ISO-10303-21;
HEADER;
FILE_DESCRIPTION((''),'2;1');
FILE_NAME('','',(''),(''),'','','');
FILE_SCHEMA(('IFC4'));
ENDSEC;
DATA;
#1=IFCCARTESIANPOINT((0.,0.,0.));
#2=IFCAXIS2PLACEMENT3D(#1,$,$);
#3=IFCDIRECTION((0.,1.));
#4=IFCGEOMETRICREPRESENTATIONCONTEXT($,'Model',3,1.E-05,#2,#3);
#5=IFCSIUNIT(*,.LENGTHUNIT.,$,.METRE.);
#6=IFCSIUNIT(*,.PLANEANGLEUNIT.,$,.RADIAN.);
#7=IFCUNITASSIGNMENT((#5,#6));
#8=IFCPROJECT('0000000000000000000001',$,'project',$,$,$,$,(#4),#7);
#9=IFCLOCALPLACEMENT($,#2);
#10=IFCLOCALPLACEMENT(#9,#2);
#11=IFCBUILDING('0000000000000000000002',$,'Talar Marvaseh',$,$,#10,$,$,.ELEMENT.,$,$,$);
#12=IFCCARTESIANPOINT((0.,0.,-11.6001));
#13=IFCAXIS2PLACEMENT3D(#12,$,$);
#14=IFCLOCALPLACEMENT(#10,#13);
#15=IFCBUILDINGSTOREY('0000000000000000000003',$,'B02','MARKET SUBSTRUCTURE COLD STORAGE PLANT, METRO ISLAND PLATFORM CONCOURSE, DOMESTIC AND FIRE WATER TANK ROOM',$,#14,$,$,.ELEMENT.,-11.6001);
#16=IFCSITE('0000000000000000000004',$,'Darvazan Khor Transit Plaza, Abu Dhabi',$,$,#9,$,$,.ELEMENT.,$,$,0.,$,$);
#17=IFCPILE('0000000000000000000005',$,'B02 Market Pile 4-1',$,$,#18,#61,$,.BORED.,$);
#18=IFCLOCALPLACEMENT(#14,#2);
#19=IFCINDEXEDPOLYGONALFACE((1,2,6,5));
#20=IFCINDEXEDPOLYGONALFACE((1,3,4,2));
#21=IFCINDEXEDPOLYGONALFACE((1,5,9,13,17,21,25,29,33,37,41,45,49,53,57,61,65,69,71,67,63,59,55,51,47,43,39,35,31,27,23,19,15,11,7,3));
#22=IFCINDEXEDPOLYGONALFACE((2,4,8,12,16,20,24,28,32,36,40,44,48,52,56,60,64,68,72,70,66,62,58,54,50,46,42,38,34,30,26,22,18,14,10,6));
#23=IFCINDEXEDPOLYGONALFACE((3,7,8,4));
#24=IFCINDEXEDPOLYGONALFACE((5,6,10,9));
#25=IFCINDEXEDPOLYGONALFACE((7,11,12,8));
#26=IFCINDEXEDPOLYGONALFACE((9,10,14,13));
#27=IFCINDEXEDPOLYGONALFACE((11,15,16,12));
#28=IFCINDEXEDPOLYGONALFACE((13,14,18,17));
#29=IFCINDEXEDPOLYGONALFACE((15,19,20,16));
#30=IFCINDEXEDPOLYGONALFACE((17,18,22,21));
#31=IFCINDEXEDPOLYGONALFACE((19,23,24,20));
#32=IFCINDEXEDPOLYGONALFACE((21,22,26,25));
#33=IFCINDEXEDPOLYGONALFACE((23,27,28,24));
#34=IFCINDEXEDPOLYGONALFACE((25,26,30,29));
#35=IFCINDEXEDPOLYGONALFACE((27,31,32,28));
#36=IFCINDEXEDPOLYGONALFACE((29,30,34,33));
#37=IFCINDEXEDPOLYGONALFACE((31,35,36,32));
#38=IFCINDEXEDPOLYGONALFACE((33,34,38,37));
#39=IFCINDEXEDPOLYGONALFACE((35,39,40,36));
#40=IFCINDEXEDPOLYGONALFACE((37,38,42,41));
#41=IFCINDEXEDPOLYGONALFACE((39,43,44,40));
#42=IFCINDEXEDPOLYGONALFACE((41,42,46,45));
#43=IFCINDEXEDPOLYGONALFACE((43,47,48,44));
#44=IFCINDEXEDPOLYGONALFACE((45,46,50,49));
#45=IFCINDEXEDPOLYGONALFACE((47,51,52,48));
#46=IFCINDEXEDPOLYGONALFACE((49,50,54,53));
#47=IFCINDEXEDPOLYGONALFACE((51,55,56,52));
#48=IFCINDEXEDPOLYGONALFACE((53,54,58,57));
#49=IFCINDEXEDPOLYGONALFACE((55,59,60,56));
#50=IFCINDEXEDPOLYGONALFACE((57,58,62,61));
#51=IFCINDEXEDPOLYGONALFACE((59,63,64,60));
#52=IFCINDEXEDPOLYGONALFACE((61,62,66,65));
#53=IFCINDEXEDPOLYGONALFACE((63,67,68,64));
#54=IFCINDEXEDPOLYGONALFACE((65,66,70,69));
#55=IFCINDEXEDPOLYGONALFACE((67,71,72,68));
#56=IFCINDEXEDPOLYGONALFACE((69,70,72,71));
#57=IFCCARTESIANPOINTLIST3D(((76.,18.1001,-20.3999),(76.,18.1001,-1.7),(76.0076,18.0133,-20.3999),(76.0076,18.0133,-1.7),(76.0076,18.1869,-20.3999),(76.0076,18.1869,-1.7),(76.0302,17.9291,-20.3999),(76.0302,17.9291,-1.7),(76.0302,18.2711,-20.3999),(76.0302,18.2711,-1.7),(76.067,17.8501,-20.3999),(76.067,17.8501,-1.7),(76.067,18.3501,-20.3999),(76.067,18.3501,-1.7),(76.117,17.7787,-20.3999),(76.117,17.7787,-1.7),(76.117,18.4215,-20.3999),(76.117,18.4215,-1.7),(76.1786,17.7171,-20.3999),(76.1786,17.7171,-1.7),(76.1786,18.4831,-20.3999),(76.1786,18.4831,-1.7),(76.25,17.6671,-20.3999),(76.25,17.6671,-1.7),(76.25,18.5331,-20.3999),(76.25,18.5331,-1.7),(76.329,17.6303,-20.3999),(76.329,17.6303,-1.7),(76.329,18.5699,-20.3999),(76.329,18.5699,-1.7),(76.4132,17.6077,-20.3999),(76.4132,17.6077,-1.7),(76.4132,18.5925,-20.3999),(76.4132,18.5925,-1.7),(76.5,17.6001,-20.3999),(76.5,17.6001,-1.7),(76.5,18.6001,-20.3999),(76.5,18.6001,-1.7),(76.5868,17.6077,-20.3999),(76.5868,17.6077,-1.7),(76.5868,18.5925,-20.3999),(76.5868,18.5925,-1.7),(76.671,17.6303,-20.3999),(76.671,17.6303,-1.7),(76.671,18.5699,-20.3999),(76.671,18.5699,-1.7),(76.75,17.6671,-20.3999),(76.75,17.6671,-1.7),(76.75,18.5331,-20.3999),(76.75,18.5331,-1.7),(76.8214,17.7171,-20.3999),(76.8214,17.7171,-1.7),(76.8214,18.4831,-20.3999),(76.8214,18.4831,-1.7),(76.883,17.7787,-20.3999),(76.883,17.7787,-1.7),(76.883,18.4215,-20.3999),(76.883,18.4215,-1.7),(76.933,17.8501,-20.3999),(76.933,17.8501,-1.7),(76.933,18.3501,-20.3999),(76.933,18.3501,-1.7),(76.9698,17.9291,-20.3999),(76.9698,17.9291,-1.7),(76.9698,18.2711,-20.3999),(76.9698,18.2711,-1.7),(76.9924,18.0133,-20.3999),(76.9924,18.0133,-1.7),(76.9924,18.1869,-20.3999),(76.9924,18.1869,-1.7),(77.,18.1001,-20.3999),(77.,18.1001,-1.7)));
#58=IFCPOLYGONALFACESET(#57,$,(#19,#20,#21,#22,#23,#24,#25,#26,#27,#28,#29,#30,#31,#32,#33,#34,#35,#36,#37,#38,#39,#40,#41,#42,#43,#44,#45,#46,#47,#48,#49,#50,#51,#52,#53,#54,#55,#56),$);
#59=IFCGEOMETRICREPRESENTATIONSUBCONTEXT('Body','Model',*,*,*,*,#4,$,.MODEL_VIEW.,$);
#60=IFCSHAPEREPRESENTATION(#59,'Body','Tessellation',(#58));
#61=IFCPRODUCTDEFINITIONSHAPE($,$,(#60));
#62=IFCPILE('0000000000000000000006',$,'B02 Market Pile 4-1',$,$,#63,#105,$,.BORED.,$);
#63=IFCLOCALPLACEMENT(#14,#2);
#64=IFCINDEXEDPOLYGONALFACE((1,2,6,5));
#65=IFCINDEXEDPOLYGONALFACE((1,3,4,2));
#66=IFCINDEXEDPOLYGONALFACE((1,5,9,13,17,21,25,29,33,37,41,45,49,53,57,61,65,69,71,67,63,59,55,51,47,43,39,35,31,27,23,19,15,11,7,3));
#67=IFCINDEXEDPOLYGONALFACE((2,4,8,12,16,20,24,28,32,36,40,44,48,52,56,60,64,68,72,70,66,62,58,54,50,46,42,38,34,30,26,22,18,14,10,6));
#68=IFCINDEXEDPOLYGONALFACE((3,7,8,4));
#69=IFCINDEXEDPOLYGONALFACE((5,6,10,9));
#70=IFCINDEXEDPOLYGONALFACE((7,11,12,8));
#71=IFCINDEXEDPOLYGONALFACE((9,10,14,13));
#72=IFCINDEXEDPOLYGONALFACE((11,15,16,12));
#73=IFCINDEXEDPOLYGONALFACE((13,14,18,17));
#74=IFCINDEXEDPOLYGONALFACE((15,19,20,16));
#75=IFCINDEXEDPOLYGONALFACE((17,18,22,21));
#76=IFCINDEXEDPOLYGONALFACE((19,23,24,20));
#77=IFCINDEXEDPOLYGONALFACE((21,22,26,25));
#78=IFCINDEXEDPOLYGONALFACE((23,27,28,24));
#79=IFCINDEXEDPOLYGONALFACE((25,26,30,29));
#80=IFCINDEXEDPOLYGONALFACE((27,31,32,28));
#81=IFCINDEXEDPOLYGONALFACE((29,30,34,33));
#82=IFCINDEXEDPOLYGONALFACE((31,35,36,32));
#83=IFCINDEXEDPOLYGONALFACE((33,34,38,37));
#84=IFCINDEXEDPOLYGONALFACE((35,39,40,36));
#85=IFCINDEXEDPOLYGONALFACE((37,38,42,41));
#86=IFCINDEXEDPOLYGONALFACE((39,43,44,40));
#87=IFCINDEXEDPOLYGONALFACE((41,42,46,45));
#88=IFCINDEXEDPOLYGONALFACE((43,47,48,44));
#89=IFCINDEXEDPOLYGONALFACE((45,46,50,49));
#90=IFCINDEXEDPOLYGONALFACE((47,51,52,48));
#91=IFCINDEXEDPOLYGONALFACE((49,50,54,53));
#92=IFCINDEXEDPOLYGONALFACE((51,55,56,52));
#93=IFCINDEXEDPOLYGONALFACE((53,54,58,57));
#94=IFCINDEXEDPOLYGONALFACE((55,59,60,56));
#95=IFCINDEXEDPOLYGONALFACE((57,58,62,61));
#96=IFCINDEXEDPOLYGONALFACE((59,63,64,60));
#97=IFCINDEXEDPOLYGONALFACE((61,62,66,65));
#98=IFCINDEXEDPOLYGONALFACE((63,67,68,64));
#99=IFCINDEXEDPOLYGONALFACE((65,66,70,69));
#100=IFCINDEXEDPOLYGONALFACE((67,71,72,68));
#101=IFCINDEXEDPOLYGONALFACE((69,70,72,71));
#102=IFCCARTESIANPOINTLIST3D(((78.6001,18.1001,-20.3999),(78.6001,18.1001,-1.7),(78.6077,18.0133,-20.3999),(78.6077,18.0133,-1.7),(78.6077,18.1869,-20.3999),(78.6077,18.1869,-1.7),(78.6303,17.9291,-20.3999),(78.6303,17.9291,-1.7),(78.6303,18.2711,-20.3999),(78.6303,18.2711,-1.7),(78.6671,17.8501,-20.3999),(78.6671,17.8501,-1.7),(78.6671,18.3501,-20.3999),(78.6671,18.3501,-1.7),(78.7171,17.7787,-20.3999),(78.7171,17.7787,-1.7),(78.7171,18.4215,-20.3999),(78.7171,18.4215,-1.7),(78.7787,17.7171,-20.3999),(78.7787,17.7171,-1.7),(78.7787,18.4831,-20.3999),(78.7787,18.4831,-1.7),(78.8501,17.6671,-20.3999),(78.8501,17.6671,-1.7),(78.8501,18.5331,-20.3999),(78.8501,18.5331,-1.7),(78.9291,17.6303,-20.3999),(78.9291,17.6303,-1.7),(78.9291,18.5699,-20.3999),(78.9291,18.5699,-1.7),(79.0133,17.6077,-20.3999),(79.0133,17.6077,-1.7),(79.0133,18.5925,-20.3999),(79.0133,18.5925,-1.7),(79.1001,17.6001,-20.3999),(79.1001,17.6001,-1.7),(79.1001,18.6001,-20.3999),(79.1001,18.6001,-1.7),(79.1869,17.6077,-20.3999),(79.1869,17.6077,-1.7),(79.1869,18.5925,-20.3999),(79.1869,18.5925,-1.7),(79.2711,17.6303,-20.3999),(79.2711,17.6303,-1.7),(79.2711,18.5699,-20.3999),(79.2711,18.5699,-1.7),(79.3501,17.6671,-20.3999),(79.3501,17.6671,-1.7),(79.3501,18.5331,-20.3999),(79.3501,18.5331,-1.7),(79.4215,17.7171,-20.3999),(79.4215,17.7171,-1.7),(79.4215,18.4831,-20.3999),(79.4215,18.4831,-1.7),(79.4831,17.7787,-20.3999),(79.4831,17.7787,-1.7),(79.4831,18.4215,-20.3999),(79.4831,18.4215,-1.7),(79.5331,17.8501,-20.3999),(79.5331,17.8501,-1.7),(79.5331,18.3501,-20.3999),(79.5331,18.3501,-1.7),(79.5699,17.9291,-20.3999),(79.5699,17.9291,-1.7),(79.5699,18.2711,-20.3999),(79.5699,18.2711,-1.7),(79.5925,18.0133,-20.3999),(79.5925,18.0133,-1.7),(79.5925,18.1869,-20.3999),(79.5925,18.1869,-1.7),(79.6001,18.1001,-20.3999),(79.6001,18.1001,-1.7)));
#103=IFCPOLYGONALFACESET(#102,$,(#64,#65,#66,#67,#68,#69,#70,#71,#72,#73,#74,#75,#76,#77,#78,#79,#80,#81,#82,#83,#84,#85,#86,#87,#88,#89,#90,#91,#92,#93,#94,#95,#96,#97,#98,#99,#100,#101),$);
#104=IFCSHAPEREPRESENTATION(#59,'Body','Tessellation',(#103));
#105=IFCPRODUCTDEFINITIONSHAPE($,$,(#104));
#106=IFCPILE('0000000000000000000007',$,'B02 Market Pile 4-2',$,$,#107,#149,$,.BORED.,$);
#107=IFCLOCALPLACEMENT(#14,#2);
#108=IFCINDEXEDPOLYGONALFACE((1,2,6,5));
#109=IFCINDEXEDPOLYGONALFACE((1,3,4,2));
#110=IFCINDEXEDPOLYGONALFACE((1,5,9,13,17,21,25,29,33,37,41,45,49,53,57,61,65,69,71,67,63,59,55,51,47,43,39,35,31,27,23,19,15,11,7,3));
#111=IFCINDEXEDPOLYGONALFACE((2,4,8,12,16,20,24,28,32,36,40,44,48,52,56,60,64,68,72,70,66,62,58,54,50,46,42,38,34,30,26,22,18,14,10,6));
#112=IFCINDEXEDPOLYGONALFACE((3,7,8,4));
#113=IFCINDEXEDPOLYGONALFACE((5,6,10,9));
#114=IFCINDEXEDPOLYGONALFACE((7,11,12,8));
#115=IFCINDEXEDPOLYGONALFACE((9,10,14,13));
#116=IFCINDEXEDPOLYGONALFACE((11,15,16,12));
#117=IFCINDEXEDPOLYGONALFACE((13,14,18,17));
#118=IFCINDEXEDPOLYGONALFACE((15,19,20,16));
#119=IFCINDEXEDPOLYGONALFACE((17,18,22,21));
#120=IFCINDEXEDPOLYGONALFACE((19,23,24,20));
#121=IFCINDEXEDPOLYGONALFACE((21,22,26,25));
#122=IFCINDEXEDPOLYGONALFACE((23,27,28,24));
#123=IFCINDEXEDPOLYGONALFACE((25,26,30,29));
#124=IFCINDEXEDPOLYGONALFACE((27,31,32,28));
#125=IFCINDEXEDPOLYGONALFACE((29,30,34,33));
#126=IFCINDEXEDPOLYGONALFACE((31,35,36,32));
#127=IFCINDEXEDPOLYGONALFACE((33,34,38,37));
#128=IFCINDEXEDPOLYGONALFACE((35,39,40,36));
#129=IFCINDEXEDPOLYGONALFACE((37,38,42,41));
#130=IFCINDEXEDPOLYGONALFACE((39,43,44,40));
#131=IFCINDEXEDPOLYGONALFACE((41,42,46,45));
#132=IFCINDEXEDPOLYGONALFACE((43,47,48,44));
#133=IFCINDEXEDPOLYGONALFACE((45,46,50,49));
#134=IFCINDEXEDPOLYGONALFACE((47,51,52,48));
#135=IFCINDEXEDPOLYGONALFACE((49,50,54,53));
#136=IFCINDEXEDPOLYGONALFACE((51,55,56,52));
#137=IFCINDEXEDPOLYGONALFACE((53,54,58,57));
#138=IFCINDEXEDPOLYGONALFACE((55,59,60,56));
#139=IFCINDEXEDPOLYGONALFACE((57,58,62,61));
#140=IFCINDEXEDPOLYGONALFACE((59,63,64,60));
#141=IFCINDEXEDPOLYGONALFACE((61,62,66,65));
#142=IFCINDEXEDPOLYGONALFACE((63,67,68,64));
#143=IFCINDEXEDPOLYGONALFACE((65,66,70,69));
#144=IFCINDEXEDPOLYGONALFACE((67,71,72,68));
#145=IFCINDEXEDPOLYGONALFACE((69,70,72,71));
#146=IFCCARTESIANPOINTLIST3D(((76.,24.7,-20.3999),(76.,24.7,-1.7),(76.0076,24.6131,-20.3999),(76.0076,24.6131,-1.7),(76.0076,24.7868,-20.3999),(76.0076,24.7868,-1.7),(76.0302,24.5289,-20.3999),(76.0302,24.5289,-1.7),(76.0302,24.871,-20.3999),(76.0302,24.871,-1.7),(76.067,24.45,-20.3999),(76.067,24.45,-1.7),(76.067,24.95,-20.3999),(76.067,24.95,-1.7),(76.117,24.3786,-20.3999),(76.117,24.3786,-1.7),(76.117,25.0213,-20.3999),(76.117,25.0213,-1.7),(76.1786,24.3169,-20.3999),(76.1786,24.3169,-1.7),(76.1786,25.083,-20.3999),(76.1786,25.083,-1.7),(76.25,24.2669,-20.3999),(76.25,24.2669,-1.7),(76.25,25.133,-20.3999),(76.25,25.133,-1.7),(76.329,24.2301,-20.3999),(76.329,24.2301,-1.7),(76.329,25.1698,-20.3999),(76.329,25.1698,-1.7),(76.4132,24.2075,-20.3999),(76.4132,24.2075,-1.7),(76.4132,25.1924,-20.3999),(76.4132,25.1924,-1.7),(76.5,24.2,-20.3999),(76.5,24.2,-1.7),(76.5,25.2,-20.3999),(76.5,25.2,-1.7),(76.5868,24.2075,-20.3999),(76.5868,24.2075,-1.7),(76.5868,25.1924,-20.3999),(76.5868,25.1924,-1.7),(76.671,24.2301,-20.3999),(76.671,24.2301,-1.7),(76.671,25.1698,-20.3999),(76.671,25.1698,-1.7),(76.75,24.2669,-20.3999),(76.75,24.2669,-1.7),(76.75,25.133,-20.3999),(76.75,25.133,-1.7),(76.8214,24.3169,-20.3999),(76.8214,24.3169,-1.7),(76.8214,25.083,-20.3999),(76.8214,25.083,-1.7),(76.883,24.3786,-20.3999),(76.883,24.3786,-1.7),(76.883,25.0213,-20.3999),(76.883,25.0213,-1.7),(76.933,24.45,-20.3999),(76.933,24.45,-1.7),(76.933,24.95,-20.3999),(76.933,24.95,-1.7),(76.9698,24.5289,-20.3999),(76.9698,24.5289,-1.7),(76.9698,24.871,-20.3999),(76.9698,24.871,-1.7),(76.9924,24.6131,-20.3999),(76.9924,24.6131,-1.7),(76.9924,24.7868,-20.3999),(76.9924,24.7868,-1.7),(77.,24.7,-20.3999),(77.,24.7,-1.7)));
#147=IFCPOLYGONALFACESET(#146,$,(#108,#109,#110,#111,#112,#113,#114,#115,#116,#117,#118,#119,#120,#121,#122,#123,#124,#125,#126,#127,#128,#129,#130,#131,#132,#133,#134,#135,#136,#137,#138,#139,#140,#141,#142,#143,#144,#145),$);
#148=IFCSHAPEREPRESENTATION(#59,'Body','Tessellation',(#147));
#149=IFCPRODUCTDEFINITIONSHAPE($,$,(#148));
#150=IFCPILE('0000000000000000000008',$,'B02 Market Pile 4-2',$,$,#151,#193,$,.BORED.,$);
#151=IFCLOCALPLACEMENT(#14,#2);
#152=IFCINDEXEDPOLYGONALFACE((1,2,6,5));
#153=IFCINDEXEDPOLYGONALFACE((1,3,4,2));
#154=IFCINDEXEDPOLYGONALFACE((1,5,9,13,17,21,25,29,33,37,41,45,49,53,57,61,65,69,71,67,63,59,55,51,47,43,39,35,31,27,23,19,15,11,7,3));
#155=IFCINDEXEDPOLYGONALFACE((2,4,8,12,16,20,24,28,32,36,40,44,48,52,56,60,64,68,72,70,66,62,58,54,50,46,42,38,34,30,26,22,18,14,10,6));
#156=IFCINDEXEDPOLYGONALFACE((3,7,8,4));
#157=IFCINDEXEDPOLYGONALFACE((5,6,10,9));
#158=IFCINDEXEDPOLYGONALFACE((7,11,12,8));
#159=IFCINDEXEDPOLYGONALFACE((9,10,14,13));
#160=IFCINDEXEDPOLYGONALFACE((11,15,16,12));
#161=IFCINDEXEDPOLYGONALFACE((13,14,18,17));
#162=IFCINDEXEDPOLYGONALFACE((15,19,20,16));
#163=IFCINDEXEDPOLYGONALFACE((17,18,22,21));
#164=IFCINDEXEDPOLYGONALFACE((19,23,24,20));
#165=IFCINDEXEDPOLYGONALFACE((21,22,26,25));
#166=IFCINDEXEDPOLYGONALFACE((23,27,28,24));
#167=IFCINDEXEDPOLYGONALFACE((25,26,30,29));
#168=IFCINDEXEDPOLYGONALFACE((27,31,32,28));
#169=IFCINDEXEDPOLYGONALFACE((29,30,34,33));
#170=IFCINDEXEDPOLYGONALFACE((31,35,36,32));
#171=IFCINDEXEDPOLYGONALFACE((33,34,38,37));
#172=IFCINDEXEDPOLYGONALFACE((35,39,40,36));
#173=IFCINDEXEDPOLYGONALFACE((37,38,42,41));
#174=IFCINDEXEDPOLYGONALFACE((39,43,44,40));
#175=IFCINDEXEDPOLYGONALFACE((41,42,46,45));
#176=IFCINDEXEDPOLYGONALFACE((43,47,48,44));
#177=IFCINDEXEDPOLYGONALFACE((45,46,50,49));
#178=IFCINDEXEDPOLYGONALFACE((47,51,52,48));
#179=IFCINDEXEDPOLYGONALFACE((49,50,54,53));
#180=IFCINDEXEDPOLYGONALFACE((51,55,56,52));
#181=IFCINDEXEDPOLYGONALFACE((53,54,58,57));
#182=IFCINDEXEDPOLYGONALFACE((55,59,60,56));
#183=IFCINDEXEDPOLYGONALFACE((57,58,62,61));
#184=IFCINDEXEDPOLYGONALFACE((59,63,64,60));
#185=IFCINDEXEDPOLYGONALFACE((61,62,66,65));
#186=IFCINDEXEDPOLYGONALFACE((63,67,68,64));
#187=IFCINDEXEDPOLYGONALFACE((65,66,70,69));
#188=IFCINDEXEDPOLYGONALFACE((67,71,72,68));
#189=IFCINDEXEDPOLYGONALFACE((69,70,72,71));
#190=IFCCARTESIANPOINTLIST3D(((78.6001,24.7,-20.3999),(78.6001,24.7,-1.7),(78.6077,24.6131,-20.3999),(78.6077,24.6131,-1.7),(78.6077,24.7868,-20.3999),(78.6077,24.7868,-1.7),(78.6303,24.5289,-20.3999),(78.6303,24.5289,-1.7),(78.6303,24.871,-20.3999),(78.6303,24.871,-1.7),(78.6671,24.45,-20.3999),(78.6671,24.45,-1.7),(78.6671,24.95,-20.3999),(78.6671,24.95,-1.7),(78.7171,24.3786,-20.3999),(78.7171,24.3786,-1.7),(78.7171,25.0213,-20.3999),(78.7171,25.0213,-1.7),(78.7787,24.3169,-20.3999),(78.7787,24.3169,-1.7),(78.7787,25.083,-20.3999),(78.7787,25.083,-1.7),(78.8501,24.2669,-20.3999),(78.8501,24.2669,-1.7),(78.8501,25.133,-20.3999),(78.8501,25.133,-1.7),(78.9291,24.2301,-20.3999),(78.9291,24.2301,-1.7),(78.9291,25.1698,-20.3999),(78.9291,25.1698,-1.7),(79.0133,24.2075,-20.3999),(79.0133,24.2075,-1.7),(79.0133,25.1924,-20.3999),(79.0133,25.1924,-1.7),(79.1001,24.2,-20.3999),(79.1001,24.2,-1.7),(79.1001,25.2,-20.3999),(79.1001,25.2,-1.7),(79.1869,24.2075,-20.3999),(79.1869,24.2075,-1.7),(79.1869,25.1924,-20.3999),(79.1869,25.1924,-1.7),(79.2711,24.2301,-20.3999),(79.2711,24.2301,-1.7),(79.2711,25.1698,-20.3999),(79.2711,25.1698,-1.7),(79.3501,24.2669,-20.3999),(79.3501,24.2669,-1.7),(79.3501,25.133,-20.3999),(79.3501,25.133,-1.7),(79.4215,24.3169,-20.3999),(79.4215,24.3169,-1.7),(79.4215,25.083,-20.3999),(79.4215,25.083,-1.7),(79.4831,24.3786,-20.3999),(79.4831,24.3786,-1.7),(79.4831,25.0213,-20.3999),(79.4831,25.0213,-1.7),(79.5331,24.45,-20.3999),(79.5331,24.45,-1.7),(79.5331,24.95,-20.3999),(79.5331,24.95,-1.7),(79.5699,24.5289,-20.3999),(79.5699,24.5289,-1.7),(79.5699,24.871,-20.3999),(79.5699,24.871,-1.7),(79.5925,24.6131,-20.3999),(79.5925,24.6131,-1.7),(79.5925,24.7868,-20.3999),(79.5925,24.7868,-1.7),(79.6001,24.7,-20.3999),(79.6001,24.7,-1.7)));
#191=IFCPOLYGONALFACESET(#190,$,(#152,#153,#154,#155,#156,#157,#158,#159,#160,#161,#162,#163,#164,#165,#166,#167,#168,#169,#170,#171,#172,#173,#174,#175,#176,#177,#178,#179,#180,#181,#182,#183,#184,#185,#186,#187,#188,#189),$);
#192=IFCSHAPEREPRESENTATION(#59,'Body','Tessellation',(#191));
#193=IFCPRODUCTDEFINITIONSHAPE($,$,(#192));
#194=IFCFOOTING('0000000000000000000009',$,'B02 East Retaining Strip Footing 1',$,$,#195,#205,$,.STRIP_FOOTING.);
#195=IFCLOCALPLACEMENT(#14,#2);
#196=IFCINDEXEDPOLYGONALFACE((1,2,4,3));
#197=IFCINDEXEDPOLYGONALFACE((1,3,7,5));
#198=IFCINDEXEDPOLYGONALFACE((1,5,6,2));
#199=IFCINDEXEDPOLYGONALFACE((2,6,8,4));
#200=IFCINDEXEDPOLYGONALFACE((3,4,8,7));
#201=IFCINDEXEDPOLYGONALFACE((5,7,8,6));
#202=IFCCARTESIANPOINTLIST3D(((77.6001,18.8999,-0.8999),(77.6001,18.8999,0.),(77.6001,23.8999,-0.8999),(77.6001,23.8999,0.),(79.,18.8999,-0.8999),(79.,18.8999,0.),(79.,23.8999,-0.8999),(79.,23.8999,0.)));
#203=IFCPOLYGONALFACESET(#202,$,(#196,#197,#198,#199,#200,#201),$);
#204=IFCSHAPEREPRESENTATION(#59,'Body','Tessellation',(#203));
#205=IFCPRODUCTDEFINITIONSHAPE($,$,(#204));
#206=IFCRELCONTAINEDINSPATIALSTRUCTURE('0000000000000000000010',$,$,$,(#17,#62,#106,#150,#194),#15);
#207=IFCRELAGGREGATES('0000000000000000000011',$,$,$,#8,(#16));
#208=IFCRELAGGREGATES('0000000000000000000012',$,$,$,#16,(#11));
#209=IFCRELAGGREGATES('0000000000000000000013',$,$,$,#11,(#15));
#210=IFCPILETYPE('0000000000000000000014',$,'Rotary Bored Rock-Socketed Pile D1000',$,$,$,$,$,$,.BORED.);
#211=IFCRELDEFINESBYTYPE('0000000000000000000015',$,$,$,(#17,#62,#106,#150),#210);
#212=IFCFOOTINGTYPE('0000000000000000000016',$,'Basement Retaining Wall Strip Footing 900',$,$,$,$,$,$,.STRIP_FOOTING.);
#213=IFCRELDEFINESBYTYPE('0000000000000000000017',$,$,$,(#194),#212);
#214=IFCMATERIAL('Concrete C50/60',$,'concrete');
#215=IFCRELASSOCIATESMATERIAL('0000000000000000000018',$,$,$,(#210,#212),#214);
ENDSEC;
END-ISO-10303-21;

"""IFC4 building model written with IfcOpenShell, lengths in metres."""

from ifc_helpers import new_model, si_unit, direction, frame, origin, origin_2d, place, context, subcontext, project, spatial, rectangle, circle, extrude, source, transform, mapped, material, material_profile, profile_set, type_object, type_shapes, element, save


model = new_model("IFC4")

# Units and contexts
model_context = context("Model", 3, precision=1e-05, world=origin(), true_north=direction((0.0, 1.0)))
body_context = subcontext(model_context, "Body", "Model", "MODEL_VIEW")
ifc_project = project(units=[si_unit("LENGTHUNIT", "METRE"), si_unit("PLANEANGLEUNIT", "RADIAN")], contexts=[model_context])

# Site, building, storey
site_placement = place(None, origin())
site = spatial("IfcSite", under=ifc_project, at=site_placement, Name="Darvazan Khor Transit Plaza, Abu Dhabi", CompositionType="ELEMENT", RefElevation=0.0)
building_placement = place(site_placement, origin())
building = spatial("IfcBuilding", under=site, at=building_placement, Name="Talar Marvaseh", CompositionType="ELEMENT")
storey_placement = place(building_placement, frame((0.0, 0.0, -11.6001)))
storey = spatial("IfcBuildingStorey", under=building, at=storey_placement, Name="B02", Description="MARKET SUBSTRUCTURE COLD STORAGE PLANT, METRO ISLAND PLATFORM CONCOURSE, DOMESTIC AND FIRE WATER TANK ROOM", CompositionType="ELEMENT", Elevation=-11.6001)

# Piles
ifc_material_1 = material(Name="Concrete C50/60", Category="concrete")
ifc_material_profile = material_profile(ifc_material_1, circle(Radius=0.5, at=origin_2d()), Name="PILE-D1000")
ifc_profile_set = profile_set([ifc_material_profile], Name="Concrete C50/60")
pile_type = type_object("IfcPileType", Name="Rotary Bored Rock-Socketed Pile D1000", PredefinedType="BORED", material=ifc_profile_set)
shared_shape_1 = source(origin(), body_context, "Body", "SweptSolid", [
    extrude(circle(Radius=0.5, at=origin_2d()), origin(), (0.0, 0.0, 1.0), 18.7),
])
type_shapes(pile_type, [shared_shape_1])
for number, where, z_axis, x_axis, name in (
    (1, (76.5, 18.1001, -1.7), (0.0, 0.0, -1.0), (1.0, 0.0, 0.0), "B02 Market Pile 4-1"),
    (2, (79.1001, 18.1001, -1.7), (0.0, 0.0, -1.0), (1.0, 0.0, 0.0), "B02 Market Pile 4-1"),
    (3, (76.5, 24.7, -1.7), (0.0, 0.0, -1.0), (1.0, 0.0, 0.0), "B02 Market Pile 4-2"),
    (4, (79.1001, 24.7, -1.7), (0.0, 0.0, -1.0), (1.0, 0.0, 0.0), "B02 Market Pile 4-2"),
):
    element("IfcPile", number, at=place(storey_placement, frame(where, z_axis=z_axis, x_axis=x_axis)), inside=storey, type_object=pile_type, Name=name, PredefinedType="BORED", context=body_context, shape_type="MappedRepresentation", body=[
        mapped(shared_shape_1, transform((0.0, 0.0, 0.0), x_axis=(1.0, 0.0, 0.0), y_axis=(0.0, 1.0, 0.0), z_axis=(0.0, 0.0, 1.0), scale=1.0)),
    ])

# Footing
footing_type_1 = type_object("IfcFootingType", Name="Basement Retaining Wall Strip Footing 900", PredefinedType="STRIP_FOOTING", material=ifc_material_1)
shared_shape_2 = source(origin(), body_context, "Body", "SweptSolid", [
    extrude(rectangle(XDim=5.0, YDim=1.3999, at=origin_2d()), origin(), (0.0, 0.0, 1.0), 0.8999),
])
type_shapes(footing_type_1, [shared_shape_2])
footing_1_placement = place(storey_placement, frame((78.3, 21.3999, -0.8999), z_axis=(0.0, 0.0, 1.0), x_axis=(0.0, 1.0, 0.0)))
element("IfcFooting", 5, at=footing_1_placement, inside=storey, type_object=footing_type_1, Name="B02 East Retaining Strip Footing 1", PredefinedType="STRIP_FOOTING", context=body_context, shape_type="MappedRepresentation", body=[
    mapped(shared_shape_2, transform((0.0, 0.0, 0.0), x_axis=(1.0, 0.0, 0.0), y_axis=(0.0, 1.0, 0.0), z_axis=(0.0, 0.0, 1.0), scale=1.0)),
])

save(model, "model.ifc")
